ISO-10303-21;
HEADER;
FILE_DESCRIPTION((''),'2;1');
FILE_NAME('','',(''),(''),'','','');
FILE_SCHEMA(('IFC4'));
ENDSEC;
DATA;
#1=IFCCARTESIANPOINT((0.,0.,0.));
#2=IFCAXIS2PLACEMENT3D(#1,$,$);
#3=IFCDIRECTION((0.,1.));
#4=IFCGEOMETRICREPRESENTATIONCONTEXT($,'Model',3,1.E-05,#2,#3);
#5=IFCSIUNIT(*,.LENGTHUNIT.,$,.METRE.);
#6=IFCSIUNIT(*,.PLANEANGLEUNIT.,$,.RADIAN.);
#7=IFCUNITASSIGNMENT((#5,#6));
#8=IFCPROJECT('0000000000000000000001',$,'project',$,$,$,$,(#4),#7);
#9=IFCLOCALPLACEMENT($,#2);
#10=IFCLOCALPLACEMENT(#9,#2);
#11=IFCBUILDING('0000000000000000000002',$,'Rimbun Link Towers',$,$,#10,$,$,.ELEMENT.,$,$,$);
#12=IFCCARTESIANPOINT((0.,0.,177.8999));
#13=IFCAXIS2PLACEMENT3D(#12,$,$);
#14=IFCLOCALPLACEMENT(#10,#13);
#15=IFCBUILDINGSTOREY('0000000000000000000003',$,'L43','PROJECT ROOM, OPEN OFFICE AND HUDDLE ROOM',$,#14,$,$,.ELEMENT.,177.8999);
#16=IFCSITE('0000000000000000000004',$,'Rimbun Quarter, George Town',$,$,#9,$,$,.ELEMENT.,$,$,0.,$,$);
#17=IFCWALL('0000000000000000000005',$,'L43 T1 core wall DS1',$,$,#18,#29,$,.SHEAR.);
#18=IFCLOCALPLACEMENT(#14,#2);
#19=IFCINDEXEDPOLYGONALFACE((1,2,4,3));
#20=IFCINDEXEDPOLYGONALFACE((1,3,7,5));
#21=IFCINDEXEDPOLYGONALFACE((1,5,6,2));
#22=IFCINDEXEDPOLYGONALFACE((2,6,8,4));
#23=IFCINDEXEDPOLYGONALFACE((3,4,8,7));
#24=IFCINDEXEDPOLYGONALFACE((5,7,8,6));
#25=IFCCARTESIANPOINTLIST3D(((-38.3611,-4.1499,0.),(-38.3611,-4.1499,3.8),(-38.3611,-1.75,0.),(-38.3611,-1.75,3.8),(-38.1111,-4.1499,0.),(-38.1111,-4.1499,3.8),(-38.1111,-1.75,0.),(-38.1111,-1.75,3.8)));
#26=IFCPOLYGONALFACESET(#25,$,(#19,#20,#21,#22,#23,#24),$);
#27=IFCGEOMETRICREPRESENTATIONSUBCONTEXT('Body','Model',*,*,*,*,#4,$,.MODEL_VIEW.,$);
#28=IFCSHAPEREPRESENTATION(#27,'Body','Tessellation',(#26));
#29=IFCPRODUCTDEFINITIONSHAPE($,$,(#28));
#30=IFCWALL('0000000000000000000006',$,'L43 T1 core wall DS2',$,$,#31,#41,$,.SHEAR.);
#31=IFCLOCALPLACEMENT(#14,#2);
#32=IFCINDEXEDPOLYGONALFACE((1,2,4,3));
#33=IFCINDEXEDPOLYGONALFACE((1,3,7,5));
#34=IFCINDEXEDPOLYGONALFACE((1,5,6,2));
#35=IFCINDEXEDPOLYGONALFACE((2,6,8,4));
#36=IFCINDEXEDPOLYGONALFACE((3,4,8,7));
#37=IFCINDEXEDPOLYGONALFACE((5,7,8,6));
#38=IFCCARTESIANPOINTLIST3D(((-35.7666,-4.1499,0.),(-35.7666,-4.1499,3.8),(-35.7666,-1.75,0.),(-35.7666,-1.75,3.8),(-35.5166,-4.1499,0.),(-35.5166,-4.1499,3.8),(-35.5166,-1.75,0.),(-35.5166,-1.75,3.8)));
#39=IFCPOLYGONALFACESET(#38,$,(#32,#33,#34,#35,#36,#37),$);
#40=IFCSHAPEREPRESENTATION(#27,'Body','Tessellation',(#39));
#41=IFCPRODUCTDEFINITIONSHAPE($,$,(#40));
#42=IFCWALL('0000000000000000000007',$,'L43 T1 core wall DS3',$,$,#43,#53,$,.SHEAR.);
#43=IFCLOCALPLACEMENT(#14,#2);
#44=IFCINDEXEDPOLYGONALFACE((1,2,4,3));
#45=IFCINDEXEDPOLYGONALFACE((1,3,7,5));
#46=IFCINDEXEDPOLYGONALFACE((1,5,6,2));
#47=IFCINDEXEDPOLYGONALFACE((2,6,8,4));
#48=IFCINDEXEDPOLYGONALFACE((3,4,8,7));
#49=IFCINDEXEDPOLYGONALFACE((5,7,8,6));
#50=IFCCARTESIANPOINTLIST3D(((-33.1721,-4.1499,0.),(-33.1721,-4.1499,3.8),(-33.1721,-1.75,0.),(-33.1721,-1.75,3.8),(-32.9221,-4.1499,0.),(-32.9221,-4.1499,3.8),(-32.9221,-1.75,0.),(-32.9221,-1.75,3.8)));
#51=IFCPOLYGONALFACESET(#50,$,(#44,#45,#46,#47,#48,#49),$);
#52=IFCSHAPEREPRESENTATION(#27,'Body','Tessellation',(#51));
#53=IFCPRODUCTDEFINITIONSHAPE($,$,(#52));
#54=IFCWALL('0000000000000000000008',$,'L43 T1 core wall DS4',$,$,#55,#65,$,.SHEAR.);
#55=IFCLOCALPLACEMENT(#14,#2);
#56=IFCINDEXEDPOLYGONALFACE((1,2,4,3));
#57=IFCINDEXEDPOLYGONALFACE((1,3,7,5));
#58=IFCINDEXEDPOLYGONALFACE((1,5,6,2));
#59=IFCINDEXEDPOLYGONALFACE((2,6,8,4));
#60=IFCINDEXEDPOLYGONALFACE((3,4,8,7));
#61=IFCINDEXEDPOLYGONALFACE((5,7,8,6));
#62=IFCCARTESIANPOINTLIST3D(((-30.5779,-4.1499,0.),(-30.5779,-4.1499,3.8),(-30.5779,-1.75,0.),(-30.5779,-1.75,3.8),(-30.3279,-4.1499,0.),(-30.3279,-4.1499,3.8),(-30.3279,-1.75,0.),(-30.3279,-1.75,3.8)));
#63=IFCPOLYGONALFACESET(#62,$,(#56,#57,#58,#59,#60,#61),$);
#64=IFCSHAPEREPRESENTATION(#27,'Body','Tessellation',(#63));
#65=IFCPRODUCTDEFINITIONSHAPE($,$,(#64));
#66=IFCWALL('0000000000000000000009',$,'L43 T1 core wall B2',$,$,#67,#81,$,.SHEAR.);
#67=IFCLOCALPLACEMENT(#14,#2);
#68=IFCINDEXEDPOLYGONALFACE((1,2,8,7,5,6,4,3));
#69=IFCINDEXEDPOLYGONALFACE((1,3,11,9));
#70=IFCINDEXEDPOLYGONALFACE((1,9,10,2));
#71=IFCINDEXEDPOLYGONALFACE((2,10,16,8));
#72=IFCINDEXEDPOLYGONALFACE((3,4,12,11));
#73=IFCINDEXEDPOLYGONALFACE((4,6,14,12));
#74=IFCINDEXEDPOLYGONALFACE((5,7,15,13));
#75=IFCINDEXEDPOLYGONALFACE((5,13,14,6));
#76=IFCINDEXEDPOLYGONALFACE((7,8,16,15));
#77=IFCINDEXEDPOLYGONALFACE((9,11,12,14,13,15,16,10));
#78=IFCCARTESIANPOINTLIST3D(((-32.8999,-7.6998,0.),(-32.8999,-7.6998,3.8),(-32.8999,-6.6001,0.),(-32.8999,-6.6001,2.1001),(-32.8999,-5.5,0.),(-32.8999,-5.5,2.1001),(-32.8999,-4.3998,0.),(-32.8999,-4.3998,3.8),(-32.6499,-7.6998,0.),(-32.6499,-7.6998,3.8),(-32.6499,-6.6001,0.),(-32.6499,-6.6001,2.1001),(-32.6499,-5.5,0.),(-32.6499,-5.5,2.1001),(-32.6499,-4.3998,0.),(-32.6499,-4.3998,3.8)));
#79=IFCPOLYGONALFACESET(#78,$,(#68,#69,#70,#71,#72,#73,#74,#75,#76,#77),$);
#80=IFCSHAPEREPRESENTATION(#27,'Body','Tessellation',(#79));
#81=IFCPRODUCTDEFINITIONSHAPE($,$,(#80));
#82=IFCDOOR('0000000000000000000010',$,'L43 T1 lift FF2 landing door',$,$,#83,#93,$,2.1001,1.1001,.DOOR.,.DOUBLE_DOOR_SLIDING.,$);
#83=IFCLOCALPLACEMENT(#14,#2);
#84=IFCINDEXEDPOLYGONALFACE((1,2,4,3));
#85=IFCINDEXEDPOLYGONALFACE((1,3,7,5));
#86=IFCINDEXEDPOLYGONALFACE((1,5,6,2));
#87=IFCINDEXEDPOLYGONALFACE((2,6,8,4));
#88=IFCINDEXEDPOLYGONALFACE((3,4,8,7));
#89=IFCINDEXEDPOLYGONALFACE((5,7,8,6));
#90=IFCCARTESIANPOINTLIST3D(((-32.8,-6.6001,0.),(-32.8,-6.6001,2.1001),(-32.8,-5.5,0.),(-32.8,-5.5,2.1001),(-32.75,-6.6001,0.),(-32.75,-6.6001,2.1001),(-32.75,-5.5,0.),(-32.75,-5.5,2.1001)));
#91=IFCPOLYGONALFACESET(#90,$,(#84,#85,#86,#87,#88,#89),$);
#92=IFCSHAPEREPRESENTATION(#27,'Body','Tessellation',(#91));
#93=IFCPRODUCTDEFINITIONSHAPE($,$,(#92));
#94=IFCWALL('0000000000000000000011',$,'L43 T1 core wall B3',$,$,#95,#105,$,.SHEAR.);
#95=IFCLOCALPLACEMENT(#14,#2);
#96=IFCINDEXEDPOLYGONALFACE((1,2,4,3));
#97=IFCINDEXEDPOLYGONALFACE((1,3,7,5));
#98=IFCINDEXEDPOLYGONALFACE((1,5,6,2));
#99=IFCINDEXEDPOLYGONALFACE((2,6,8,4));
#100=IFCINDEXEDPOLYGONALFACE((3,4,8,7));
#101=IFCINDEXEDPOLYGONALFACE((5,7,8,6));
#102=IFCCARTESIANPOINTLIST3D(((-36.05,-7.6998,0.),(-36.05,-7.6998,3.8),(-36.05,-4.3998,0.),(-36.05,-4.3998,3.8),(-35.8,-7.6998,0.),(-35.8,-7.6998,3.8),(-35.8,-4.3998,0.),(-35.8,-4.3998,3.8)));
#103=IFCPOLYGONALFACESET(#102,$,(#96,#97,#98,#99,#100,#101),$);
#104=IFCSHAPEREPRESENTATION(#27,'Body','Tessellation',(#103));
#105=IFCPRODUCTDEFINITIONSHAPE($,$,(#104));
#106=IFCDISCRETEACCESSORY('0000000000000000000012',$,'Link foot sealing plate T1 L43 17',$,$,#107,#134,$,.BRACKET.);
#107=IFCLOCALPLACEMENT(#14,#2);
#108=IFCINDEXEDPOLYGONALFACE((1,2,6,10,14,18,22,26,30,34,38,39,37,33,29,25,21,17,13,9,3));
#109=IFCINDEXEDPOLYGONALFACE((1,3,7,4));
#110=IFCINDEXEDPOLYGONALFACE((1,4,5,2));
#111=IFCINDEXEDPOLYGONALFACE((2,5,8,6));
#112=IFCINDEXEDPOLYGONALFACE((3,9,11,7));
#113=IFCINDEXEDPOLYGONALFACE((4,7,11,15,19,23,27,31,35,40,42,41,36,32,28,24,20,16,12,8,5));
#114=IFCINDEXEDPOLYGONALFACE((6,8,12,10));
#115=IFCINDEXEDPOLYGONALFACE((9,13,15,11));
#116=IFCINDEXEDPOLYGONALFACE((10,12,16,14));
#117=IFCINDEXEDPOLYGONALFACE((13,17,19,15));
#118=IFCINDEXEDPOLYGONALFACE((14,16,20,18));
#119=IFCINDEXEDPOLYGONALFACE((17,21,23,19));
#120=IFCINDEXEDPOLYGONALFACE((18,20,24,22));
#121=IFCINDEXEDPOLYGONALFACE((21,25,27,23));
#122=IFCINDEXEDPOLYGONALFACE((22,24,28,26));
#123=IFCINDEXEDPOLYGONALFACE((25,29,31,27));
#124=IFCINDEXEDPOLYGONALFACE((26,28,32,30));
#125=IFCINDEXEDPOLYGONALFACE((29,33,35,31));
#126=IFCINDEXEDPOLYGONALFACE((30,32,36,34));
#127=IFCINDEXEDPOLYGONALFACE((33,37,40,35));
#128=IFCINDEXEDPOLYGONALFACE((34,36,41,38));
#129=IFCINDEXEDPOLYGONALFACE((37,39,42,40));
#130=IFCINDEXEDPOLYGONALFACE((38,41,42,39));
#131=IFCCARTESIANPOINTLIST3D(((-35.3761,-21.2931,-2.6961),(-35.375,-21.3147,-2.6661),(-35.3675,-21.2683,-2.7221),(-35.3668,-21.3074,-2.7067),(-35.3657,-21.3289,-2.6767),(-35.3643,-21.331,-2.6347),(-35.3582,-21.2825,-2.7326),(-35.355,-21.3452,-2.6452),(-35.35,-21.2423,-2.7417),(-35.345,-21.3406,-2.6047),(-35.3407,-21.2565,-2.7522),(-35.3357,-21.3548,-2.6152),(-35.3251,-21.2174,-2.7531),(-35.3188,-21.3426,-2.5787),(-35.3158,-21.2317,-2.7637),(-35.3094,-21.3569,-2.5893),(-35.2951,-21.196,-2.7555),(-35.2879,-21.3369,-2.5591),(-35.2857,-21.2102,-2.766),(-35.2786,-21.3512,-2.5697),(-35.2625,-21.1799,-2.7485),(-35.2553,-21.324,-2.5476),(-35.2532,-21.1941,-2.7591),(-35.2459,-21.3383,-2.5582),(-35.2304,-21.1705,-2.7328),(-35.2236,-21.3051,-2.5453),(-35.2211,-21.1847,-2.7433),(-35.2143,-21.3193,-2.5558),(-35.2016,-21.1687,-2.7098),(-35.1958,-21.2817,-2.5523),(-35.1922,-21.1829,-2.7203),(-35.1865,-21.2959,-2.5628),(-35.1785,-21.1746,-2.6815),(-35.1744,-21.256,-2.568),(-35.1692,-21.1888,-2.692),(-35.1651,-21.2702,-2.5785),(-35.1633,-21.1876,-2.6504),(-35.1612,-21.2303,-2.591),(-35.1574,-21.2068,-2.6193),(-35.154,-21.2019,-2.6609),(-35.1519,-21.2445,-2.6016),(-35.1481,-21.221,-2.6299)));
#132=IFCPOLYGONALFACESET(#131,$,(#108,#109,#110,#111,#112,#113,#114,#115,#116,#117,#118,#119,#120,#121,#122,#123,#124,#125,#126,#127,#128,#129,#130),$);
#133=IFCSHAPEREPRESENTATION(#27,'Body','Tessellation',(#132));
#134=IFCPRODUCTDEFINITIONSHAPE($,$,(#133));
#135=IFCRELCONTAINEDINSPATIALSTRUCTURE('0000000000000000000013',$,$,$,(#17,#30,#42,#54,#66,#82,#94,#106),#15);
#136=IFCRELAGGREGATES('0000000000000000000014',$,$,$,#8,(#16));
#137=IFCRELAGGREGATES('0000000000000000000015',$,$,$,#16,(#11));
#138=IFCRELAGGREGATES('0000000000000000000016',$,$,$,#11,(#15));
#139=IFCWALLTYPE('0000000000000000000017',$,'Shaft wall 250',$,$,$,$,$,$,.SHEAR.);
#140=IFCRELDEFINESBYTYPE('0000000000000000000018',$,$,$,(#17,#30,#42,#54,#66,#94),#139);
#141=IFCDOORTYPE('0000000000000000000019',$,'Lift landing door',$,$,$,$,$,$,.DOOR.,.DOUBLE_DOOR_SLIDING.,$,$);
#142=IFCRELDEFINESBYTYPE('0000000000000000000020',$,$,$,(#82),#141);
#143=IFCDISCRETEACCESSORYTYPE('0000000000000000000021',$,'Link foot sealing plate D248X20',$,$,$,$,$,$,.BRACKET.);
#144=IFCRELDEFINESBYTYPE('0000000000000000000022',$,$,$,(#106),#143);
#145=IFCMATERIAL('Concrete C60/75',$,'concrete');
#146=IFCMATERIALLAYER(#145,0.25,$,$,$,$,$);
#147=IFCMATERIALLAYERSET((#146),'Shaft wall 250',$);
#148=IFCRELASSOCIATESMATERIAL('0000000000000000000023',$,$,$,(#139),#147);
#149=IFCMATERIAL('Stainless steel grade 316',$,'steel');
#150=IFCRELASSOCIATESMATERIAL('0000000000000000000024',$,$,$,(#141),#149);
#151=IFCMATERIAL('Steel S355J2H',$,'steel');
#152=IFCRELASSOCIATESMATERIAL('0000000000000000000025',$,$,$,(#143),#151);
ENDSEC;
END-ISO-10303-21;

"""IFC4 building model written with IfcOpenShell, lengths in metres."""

from ifc_helpers import new_model, si_unit, direction, frame, frame_2d, origin, origin_2d, place, context, subcontext, project, spatial, rectangle, circle, extrude, material, layer, layer_set, material_profile, profile_set, type_object, element, fill, save


model = new_model("IFC4")

# Units and contexts
model_context = context("Model", 3, precision=1e-05, world=origin(), true_north=direction((0.0, 1.0)))
body_context = subcontext(model_context, "Body", "Model", "MODEL_VIEW")
ifc_project = project(units=[si_unit("LENGTHUNIT", "METRE"), si_unit("PLANEANGLEUNIT", "RADIAN")], contexts=[model_context])

# Site, building, storey
site_placement = place(None, origin())
site = spatial("IfcSite", under=ifc_project, at=site_placement, Name="Rimbun Quarter, George Town", CompositionType="ELEMENT", RefElevation=0.0)
building_placement = place(site_placement, origin())
building = spatial("IfcBuilding", under=site, at=building_placement, Name="Rimbun Link Towers", CompositionType="ELEMENT")
storey_placement = place(building_placement, frame((0.0, 0.0, 177.8999)))
storey = spatial("IfcBuildingStorey", under=building, at=storey_placement, Name="L43", Description="PROJECT ROOM, OPEN OFFICE AND HUDDLE ROOM", CompositionType="ELEMENT", Elevation=177.8999)

# Walls
ifc_material_1 = material(Name="Concrete C60/75", Category="concrete")
ifc_layer_1 = layer(ifc_material_1, 0.25)
ifc_layer_set_1 = layer_set([ifc_layer_1], Name="Shaft wall 250")
wall_type_1 = type_object("IfcWallType", Name="Shaft wall 250", PredefinedType="SHEAR", material=ifc_layer_set_1)
for number, where, z_axis, x_axis, name in (
    (1, (-38.2361, -4.1499, 0.0), (0.0, 0.0, 1.0), (0.0, 1.0, 0.0), "L43 T1 core wall DS1"),
    (2, (-35.6416, -4.1499, 0.0), (0.0, 0.0, 1.0), (0.0, 1.0, 0.0), "L43 T1 core wall DS2"),
    (3, (-33.0471, -4.1499, 0.0), (0.0, 0.0, 1.0), (0.0, 1.0, 0.0), "L43 T1 core wall DS3"),
    (4, (-30.4529, -4.1499, 0.0), (0.0, 0.0, 1.0), (0.0, 1.0, 0.0), "L43 T1 core wall DS4"),
):
    element("IfcWall", number, at=place(storey_placement, frame(where, z_axis=z_axis, x_axis=x_axis)), inside=storey, type_object=wall_type_1, Name=name, PredefinedType="SHEAR", context=body_context, shape_type="SweptSolid", body=[
        extrude(rectangle(XDim=2.3999, YDim=0.25, at=frame_2d((1.2, 0.0))), origin(), (0.0, 0.0, 1.0), 3.8),
    ])

# Wall, opening, door
wall_1_placement = place(storey_placement, frame((-32.7749, -4.3999, 0.0), z_axis=(0.0, 0.0, 1.0), x_axis=(0.0, -1.0, 0.0)))
wall_1 = element("IfcWall", 5, at=wall_1_placement, inside=storey, type_object=wall_type_1, Name="L43 T1 core wall B2", PredefinedType="SHEAR", context=body_context, shape_type="SweptSolid", body=[
    extrude(rectangle(XDim=3.3, YDim=0.25, at=frame_2d((1.6499, 0.0))), origin(), (0.0, 0.0, 1.0), 3.8),
])
opening_1_placement = place(wall_1_placement, frame((1.1001, 0.0, 0.0)))
opening_1 = element("IfcOpeningElement", 6, at=opening_1_placement, cuts=wall_1, PredefinedType="OPENING", context=body_context, shape_type="SweptSolid", body=[
    extrude(rectangle(XDim=1.1001, YDim=2.1001, at=frame_2d((0.55, 1.05))), frame((0.0, 0.135, 0.0), z_axis=(0.0, -1.0, 0.0), x_axis=(1.0, 0.0, 0.0)), (0.0, 0.0, 1.0), 0.27),
])
ifc_material_2 = material(Name="Stainless steel grade 316", Category="steel")
door_type_1 = type_object("IfcDoorType", Name="Lift landing door", OperationType="DOUBLE_DOOR_SLIDING", PredefinedType="DOOR", material=ifc_material_2)
door_1_placement = place(opening_1_placement, origin())
door_1 = element("IfcDoor", 7, at=door_1_placement, inside=storey, type_object=door_type_1, Name="L43 T1 lift FF2 landing door", OperationType="DOUBLE_DOOR_SLIDING", OverallHeight=2.1001, OverallWidth=1.1001, PredefinedType="DOOR", context=body_context, shape_type="SweptSolid", body=[
    extrude(rectangle(XDim=1.1001, YDim=2.1001, at=frame_2d((0.55, 1.05))), frame((0.0, 0.0249, 0.0), z_axis=(0.0, -1.0, 0.0), x_axis=(1.0, 0.0, 0.0)), (0.0, 0.0, 1.0), 0.05),
])
fill(opening_1, door_1)

# Wall
wall_2_placement = place(storey_placement, frame((-35.925, -4.3999, 0.0), z_axis=(0.0, 0.0, 1.0), x_axis=(0.0, -1.0, 0.0)))
element("IfcWall", 8, at=wall_2_placement, inside=storey, type_object=wall_type_1, Name="L43 T1 core wall B3", PredefinedType="SHEAR", context=body_context, shape_type="SweptSolid", body=[
    extrude(rectangle(XDim=3.3, YDim=0.25, at=frame_2d((1.6499, 0.0))), origin(), (0.0, 0.0, 1.0), 3.8),
])

# Discrete accessory
ifc_material_3 = material(Name="Steel S355J2H", Category="steel")
ifc_material_profile_1 = material_profile(ifc_material_3, circle(Radius=0.124, at=origin_2d()), Name="PL D248")
ifc_profile_set_1 = profile_set([ifc_material_profile_1], Name="Steel S355J2H")
discrete_accessory_type = type_object("IfcDiscreteAccessoryType", Name="Link foot sealing plate D248X20", PredefinedType="BRACKET", material=ifc_profile_set_1)
discrete_accessory_placement = place(storey_placement, frame((-35.2671, -21.2556, -2.6504), z_axis=(0.465741, -0.710868, -0.527023), x_axis=(0.836461, 0.548026, 0.0)))
element("IfcDiscreteAccessory", 9, at=discrete_accessory_placement, inside=storey, type_object=discrete_accessory_type, Name="Link foot sealing plate T1 L43 17", PredefinedType="BRACKET", context=body_context, shape_type="SweptSolid", body=[
    extrude(circle(Radius=0.124, at=origin_2d()), origin(), (0.0, 0.0, 1.0), 0.02),
])

save(model, "model.ifc")
